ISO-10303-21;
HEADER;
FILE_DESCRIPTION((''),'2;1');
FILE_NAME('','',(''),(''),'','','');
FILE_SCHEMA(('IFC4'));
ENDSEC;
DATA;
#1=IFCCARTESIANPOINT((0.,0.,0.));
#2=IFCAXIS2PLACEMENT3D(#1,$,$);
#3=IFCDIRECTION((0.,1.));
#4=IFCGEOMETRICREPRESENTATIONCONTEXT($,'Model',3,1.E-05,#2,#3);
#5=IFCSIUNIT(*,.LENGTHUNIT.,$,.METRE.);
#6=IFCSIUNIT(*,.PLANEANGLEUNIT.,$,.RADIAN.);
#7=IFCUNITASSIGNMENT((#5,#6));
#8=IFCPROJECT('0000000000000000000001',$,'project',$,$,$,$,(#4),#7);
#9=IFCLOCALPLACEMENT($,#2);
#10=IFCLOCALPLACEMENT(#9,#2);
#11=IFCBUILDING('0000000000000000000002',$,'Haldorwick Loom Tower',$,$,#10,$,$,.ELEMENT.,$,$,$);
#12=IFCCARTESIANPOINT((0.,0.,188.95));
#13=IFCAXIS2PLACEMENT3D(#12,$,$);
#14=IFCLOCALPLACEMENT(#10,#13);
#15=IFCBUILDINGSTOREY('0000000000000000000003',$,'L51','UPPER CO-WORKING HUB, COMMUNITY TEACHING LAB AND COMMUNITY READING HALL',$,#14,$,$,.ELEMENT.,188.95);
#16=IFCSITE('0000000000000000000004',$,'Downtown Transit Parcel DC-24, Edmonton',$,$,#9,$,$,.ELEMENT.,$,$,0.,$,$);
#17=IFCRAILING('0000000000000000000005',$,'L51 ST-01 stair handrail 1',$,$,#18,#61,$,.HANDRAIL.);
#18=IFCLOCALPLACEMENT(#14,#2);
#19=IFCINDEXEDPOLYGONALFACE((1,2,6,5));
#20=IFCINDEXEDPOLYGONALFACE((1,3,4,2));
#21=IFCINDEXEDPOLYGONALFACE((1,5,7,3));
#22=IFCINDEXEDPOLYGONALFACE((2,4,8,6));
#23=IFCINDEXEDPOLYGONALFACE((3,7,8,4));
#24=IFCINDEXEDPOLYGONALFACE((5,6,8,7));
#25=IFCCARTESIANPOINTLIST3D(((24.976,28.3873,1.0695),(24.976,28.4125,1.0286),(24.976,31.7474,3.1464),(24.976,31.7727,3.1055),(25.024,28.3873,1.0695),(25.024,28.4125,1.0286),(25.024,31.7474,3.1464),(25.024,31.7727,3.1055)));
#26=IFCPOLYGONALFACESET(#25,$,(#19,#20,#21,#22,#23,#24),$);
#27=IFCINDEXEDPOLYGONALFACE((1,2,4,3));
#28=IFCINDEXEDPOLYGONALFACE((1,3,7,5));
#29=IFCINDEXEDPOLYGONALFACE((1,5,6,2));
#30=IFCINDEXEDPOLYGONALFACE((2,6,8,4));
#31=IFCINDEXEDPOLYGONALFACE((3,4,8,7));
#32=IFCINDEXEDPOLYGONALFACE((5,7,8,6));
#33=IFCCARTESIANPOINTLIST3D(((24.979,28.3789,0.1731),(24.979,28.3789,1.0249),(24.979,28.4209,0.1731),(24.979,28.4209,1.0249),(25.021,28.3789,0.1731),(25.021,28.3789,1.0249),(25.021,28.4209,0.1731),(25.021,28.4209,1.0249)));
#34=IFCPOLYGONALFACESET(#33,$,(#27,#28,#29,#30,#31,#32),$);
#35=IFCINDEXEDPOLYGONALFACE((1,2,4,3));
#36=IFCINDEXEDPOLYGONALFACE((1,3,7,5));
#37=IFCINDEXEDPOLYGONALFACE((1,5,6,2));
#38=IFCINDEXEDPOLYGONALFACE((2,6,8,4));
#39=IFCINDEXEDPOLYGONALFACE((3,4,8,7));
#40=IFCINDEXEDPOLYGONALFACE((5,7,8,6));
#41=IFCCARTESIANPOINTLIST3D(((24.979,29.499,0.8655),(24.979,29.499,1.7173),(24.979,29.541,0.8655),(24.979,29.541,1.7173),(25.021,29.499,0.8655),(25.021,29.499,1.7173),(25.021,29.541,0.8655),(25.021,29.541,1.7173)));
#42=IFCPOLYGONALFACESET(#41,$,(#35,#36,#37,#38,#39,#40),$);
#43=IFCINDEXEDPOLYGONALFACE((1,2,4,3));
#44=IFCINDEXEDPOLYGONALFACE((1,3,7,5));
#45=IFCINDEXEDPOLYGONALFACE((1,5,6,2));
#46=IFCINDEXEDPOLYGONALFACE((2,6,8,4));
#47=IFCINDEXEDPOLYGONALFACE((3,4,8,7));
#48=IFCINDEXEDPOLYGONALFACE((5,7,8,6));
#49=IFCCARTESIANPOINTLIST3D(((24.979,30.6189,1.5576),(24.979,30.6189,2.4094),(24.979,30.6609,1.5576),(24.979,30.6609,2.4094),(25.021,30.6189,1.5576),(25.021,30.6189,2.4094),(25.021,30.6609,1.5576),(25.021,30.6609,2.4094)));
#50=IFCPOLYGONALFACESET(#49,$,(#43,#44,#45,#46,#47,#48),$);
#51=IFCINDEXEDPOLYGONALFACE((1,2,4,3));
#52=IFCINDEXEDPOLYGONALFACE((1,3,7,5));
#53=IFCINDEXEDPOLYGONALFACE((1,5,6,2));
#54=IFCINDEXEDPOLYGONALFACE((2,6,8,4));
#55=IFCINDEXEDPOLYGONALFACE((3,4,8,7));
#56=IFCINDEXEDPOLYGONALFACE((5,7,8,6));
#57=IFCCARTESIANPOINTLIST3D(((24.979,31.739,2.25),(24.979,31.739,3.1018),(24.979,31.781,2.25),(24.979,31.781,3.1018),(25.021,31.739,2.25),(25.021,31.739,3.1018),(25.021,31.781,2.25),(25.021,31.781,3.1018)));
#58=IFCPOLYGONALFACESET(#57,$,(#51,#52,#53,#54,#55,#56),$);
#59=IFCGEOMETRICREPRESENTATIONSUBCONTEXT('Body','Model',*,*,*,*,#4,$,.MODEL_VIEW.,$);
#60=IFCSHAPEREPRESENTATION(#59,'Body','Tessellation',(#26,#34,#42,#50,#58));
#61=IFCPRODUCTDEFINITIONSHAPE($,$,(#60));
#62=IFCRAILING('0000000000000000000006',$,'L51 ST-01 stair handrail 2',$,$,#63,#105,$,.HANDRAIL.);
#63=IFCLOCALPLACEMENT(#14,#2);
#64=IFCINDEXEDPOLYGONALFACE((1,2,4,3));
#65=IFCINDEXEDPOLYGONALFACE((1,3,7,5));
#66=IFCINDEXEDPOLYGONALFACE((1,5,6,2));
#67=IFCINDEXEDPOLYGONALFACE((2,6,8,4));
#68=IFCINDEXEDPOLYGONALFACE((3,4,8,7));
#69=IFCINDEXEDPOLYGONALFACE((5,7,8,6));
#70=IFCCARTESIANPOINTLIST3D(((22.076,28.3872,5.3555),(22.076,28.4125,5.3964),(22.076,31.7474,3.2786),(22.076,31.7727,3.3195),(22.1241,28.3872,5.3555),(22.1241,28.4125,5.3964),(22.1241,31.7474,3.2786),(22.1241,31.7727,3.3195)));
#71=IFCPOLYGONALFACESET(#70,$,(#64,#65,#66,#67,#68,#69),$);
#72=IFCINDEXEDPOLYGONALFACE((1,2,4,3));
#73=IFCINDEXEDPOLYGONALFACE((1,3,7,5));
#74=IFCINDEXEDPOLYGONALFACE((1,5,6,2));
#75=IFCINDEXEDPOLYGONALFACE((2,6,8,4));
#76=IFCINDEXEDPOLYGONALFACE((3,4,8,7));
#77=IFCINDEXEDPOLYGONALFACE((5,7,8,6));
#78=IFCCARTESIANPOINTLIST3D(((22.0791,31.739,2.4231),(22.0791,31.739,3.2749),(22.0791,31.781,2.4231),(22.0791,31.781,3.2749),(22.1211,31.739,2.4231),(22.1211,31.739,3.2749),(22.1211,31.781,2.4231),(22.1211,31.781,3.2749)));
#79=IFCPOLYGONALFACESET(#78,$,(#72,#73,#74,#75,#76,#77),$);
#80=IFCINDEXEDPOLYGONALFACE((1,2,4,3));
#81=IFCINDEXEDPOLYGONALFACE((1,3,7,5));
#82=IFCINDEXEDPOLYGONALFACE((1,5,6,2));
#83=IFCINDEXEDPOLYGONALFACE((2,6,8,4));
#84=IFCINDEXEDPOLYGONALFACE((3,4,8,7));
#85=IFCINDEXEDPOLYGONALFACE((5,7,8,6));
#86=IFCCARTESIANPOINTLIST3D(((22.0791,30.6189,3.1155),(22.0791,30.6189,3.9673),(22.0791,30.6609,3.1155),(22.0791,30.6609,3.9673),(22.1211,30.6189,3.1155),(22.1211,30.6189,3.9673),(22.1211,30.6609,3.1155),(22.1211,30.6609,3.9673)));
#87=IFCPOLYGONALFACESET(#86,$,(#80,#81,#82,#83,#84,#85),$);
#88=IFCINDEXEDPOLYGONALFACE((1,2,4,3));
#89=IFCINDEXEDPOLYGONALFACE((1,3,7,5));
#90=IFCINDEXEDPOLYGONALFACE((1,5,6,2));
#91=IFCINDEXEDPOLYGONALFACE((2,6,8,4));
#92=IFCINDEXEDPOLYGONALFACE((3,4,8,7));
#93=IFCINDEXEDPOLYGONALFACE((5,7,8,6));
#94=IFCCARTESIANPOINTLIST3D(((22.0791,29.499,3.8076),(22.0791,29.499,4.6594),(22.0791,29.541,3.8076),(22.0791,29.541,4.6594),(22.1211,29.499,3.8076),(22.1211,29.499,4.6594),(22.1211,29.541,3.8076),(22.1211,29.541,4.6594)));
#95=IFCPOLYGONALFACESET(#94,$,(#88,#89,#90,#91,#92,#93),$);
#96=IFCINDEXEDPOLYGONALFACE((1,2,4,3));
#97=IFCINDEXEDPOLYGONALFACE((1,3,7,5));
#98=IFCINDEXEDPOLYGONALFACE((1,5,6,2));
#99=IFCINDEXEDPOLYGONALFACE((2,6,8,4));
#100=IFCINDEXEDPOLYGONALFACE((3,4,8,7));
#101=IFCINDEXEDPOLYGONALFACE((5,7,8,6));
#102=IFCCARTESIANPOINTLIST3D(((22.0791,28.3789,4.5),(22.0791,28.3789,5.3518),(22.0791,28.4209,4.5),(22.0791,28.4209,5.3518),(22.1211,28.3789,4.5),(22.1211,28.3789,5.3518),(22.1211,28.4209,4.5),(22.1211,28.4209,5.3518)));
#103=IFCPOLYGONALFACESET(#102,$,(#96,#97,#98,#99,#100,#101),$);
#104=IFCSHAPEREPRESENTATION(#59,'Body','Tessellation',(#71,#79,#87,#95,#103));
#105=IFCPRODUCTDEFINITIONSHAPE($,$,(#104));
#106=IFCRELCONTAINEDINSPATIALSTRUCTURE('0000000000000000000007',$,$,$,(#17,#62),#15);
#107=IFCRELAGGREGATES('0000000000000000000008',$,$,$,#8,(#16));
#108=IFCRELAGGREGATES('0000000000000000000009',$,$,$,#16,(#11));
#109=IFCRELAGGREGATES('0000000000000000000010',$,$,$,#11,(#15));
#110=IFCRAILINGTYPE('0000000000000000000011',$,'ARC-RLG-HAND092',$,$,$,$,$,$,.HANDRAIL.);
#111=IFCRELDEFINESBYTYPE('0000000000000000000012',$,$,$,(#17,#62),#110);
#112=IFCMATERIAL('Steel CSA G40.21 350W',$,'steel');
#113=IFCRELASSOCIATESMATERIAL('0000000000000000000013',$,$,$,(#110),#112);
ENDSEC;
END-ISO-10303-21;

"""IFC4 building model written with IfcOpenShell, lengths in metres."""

from ifc_helpers import new_model, si_unit, direction, frame, origin, origin_2d, place, context, subcontext, project, spatial, rectangle, extrude, material, type_object, element, save


model = new_model("IFC4")

# Units and contexts
model_context = context("Model", 3, precision=1e-05, world=origin(), true_north=direction((0.0, 1.0)))
body_context = subcontext(model_context, "Body", "Model", "MODEL_VIEW")
ifc_project = project(units=[si_unit("LENGTHUNIT", "METRE"), si_unit("PLANEANGLEUNIT", "RADIAN")], contexts=[model_context])

# Site, building, storey
site_placement = place(None, origin())
site = spatial("IfcSite", under=ifc_project, at=site_placement, Name="Downtown Transit Parcel DC-24, Edmonton", CompositionType="ELEMENT", RefElevation=0.0)
building_placement = place(site_placement, origin())
building = spatial("IfcBuilding", under=site, at=building_placement, Name="Haldorwick Loom Tower", CompositionType="ELEMENT")
storey_placement = place(building_placement, frame((0.0, 0.0, 188.95)))
storey = spatial("IfcBuildingStorey", under=building, at=storey_placement, Name="L51", Description="UPPER CO-WORKING HUB, COMMUNITY TEACHING LAB AND COMMUNITY READING HALL", CompositionType="ELEMENT", Elevation=188.95)

# Shared definitions
ifc_material_1 = material(Name="Steel CSA G40.21 350W", Category="steel")

# Railings
railing_type_1 = type_object("IfcRailingType", Name="ARC-RLG-HAND092", PredefinedType="HANDRAIL", material=ifc_material_1)
railing_1_placement = place(storey_placement, frame((25.0, 28.3999, 0.1731)))
element("IfcRailing", 1, at=railing_1_placement, inside=storey, type_object=railing_type_1, Name="L51 ST-01 stair handrail 1", PredefinedType="HANDRAIL", context=body_context, shape_type="SweptSolid", body=[
    extrude(rectangle(XDim=0.0481, YDim=0.0481, at=origin_2d()), frame((0.0, 0.0, 0.876), z_axis=(0.0, 0.850623, 0.525776), x_axis=(-1.0, 0.0, 0.0)), (0.0, 0.0, 1.0), 3.9502),
    extrude(rectangle(XDim=0.042, YDim=0.042, at=origin_2d()), origin(), (0.0, 0.0, 1.0), 0.8518),
    extrude(rectangle(XDim=0.042, YDim=0.042, at=origin_2d()), frame((0.0, 1.1201, 0.6924)), (0.0, 0.0, 1.0), 0.8518),
    extrude(rectangle(XDim=0.042, YDim=0.042, at=origin_2d()), frame((0.0, 2.24, 1.3845)), (0.0, 0.0, 1.0), 0.8518),
    extrude(rectangle(XDim=0.042, YDim=0.042, at=origin_2d()), frame((0.0, 3.3601, 2.0769)), (0.0, 0.0, 1.0), 0.8518),
])
railing_2_placement = place(storey_placement, frame((22.1001, 31.76, 2.4231)))
element("IfcRailing", 2, at=railing_2_placement, inside=storey, type_object=railing_type_1, Name="L51 ST-01 stair handrail 2", PredefinedType="HANDRAIL", context=body_context, shape_type="SweptSolid", body=[
    extrude(rectangle(XDim=0.0481, YDim=0.0481, at=origin_2d()), frame((0.0, 0.0, 0.876), z_axis=(0.0, -0.850623, 0.525776), x_axis=(1.0, 0.0, 0.0)), (0.0, 0.0, 1.0), 3.9502),
    extrude(rectangle(XDim=0.042, YDim=0.042, at=origin_2d()), origin(), (0.0, 0.0, 1.0), 0.8518),
    extrude(rectangle(XDim=0.042, YDim=0.042, at=origin_2d()), frame((0.0, -1.1201, 0.6924)), (0.0, 0.0, 1.0), 0.8518),
    extrude(rectangle(XDim=0.042, YDim=0.042, at=origin_2d()), frame((0.0, -2.24, 1.3845)), (0.0, 0.0, 1.0), 0.8518),
    extrude(rectangle(XDim=0.042, YDim=0.042, at=origin_2d()), frame((0.0, -3.3601, 2.0769)), (0.0, 0.0, 1.0), 0.8518),
])

save(model, "model.ifc")
